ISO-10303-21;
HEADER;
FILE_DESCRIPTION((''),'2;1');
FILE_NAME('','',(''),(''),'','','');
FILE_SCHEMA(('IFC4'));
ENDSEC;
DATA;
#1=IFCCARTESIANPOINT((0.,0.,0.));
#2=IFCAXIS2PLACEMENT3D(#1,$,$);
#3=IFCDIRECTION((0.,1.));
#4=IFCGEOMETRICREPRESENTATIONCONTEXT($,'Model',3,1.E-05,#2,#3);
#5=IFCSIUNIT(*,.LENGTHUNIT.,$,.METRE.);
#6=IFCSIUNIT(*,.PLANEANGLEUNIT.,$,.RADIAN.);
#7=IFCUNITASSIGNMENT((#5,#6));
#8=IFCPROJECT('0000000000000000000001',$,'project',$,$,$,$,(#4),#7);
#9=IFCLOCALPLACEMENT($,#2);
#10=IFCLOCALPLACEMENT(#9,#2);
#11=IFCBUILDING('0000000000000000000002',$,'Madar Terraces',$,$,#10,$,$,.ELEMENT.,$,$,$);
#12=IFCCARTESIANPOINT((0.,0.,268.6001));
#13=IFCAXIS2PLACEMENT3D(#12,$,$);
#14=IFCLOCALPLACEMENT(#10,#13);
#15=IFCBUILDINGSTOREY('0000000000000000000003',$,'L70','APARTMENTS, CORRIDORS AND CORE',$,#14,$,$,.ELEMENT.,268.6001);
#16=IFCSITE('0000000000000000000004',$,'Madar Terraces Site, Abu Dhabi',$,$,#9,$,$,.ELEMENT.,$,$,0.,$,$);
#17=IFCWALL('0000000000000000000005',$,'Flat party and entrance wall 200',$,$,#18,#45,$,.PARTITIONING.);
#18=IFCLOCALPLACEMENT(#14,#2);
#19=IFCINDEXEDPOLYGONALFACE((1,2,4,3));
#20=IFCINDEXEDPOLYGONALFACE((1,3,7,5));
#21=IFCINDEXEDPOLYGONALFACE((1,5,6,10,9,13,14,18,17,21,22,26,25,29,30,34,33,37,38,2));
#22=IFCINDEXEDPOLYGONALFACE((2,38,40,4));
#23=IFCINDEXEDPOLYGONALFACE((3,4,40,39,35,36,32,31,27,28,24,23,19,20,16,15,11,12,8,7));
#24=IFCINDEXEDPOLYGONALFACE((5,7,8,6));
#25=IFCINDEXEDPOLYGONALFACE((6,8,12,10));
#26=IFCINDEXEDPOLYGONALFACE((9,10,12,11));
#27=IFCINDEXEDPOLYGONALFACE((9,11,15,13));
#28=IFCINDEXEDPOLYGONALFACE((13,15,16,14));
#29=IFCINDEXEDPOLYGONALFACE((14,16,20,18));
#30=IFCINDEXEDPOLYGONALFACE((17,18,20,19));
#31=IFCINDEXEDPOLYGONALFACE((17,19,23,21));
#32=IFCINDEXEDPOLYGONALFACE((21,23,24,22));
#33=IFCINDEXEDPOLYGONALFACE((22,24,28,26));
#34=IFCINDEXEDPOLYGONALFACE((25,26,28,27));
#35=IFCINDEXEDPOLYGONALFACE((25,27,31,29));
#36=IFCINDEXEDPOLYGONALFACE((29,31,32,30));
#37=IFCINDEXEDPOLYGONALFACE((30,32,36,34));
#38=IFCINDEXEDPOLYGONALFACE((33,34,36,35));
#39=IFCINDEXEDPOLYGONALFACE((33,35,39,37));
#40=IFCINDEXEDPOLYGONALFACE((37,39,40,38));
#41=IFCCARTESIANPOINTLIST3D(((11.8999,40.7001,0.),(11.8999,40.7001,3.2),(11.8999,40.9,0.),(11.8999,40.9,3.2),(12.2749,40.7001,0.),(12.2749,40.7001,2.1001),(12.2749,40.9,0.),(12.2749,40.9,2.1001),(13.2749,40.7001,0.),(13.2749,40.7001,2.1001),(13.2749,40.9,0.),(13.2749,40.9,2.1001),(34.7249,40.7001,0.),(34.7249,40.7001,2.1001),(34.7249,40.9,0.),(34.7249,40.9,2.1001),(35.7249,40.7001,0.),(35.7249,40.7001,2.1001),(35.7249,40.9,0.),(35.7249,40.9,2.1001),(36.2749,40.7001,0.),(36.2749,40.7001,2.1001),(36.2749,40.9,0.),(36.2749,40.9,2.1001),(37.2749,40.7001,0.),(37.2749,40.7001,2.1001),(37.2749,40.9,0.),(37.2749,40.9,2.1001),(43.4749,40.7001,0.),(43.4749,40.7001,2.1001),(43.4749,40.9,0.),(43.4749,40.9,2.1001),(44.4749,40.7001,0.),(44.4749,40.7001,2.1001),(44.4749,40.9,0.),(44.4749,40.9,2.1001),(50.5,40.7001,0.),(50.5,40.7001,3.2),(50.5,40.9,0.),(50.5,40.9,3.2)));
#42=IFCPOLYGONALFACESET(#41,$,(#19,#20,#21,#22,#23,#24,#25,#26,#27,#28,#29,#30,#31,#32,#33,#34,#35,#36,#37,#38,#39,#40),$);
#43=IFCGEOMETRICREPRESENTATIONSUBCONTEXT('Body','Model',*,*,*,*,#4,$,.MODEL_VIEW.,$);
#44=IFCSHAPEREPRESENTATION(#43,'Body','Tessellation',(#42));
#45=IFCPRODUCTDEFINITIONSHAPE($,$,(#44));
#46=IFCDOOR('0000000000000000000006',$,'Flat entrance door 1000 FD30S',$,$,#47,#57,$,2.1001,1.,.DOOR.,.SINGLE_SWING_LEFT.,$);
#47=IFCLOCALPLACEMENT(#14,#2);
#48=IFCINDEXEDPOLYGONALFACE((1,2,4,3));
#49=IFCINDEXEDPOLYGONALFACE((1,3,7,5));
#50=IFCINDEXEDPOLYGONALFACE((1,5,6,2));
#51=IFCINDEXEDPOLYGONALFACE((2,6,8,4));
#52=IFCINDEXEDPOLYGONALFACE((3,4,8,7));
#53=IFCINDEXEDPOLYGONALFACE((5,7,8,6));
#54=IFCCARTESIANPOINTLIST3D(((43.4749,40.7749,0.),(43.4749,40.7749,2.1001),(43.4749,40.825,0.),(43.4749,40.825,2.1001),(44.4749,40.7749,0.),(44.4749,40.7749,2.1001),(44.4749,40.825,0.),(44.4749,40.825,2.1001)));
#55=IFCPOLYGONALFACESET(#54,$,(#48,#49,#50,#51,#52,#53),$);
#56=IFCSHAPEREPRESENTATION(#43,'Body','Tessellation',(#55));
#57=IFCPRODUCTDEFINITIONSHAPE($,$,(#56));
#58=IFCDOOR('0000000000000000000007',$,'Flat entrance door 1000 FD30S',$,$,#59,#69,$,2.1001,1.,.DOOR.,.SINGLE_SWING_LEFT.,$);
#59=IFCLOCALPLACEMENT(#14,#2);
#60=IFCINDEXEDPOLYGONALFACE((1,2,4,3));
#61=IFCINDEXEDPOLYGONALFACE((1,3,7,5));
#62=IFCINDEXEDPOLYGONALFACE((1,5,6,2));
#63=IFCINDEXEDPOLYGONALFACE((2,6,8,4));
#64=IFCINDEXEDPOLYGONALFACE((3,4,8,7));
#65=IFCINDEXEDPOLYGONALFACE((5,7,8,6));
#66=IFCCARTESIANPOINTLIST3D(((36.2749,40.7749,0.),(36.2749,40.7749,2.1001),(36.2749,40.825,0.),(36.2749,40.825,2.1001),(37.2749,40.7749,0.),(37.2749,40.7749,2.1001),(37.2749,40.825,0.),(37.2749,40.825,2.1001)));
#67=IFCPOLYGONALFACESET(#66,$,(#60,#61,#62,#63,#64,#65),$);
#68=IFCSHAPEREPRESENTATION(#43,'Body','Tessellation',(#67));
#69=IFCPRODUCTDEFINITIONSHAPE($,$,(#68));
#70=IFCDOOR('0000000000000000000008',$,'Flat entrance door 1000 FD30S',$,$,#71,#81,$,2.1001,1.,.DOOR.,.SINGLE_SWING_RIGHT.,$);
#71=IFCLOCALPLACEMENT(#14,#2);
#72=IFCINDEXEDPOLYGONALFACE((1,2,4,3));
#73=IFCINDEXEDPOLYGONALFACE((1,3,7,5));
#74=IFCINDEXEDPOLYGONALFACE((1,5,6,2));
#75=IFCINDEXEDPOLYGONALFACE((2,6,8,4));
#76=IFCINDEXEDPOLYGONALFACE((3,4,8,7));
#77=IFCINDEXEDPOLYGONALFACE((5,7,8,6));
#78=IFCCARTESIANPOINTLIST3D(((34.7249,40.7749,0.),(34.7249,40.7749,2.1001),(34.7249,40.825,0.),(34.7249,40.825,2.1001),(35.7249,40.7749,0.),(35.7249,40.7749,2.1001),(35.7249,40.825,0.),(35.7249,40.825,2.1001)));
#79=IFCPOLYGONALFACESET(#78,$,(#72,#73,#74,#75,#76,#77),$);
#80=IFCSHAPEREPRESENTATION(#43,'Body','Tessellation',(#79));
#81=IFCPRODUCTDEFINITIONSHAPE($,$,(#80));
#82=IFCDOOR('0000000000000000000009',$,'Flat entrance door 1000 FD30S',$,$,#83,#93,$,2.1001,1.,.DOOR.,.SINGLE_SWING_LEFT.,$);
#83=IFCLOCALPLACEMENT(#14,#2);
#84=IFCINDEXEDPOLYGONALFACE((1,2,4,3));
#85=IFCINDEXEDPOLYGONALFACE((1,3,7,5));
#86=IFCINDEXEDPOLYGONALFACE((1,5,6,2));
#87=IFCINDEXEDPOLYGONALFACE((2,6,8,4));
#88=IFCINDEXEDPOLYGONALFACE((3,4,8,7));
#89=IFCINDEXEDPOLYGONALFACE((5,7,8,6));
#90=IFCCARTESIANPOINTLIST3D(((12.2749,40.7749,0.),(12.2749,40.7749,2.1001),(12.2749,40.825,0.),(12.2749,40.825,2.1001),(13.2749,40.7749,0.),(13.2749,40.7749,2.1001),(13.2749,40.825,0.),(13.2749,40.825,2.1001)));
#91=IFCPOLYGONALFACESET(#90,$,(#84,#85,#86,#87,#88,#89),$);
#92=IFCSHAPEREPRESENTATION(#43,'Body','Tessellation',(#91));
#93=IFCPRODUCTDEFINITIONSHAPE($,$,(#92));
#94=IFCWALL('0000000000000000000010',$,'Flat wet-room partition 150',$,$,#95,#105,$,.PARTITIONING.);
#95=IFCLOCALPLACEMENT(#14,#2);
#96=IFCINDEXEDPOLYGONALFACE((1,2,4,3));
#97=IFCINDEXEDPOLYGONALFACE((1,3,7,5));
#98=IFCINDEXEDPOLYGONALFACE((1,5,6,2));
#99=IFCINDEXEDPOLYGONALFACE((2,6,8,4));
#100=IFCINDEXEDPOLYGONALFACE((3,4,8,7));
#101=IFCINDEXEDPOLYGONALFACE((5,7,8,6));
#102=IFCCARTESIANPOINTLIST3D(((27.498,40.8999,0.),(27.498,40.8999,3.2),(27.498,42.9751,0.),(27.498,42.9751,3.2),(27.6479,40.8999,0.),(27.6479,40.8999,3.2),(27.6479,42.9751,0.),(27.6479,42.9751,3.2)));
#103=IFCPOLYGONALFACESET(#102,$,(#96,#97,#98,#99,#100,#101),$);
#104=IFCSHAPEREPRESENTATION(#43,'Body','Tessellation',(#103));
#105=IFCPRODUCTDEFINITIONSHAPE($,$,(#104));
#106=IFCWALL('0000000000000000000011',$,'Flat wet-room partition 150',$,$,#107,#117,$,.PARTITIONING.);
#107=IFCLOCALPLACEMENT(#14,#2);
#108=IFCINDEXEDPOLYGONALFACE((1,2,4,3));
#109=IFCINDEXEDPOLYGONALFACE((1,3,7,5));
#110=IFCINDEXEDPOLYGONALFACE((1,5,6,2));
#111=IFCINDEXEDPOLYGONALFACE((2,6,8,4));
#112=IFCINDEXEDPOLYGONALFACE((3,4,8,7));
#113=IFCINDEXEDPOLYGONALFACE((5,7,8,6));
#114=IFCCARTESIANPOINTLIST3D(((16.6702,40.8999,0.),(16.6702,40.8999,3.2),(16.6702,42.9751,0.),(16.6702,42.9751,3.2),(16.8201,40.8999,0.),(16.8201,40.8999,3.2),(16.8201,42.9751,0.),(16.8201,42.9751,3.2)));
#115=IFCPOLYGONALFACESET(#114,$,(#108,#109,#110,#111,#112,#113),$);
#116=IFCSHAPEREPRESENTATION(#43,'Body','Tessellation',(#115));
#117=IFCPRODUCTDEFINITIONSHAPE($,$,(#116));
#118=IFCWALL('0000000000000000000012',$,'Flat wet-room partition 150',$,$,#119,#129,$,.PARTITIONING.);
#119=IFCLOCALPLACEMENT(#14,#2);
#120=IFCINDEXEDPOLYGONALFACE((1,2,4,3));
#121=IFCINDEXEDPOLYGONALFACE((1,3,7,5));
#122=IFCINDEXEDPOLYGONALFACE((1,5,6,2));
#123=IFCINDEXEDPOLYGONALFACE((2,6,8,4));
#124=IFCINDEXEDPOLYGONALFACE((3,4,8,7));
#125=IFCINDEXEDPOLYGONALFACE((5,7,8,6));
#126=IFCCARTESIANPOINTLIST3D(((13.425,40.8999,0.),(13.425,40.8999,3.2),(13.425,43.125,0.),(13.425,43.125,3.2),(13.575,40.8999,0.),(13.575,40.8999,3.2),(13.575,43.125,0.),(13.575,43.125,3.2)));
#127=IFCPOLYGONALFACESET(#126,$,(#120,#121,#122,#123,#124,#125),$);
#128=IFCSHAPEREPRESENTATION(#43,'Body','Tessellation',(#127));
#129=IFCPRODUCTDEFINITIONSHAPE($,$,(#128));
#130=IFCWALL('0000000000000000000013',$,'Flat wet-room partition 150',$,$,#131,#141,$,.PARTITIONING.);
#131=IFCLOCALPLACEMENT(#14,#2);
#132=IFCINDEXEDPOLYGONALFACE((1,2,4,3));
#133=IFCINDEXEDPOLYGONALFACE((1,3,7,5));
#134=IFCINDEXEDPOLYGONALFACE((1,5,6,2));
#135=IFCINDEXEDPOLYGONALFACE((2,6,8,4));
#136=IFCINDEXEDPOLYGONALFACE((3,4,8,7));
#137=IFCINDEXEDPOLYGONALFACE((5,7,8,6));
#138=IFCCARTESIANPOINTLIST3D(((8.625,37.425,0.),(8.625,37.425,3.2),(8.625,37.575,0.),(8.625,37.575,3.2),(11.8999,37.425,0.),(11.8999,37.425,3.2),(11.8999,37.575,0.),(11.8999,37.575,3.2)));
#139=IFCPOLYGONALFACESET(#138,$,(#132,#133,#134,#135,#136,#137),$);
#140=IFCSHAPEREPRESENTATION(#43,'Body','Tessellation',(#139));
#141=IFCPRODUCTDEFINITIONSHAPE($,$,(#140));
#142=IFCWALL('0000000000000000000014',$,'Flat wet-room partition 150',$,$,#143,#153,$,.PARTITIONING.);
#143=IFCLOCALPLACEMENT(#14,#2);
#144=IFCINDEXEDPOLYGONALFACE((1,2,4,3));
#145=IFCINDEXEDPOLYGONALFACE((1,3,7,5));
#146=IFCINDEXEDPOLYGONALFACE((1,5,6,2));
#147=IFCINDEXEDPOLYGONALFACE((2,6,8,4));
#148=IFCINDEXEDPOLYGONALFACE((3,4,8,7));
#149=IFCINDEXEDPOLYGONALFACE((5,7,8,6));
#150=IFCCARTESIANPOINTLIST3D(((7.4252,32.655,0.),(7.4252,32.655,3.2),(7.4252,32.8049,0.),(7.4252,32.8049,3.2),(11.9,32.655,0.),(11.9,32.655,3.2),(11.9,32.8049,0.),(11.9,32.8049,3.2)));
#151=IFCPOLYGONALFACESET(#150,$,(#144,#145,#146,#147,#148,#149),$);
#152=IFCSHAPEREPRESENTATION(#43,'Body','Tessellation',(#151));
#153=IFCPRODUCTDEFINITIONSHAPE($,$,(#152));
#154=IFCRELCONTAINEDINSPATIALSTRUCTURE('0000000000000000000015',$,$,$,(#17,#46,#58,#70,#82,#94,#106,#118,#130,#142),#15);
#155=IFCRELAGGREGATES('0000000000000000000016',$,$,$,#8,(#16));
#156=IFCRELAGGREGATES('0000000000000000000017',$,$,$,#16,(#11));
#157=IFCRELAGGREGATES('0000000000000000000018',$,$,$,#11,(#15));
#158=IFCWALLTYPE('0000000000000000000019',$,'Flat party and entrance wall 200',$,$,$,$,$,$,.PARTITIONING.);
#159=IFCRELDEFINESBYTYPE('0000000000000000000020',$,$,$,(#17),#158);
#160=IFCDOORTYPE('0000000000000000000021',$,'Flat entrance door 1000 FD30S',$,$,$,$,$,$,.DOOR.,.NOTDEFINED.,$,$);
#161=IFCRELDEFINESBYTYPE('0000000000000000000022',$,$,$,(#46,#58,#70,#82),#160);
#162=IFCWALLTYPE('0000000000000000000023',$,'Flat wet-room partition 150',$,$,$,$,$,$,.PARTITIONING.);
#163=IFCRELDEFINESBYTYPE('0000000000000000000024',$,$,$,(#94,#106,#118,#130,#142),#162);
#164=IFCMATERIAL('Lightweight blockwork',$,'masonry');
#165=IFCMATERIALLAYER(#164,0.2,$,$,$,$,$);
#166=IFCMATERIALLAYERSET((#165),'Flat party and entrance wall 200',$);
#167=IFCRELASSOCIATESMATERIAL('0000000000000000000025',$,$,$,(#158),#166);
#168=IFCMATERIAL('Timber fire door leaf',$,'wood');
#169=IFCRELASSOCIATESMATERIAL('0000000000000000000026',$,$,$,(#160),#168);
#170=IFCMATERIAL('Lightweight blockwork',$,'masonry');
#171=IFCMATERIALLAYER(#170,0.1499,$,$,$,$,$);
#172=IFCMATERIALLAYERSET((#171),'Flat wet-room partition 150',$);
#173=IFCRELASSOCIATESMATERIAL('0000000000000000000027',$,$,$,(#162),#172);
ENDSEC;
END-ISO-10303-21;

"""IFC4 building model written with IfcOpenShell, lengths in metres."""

from ifc_helpers import new_model, si_unit, direction, frame, frame_2d, origin, place, context, subcontext, project, spatial, rectangle, extrude, material, layer, layer_set, type_object, element, fill, save


model = new_model("IFC4")

# Units and contexts
model_context = context("Model", 3, precision=1e-05, world=origin(), true_north=direction((0.0, 1.0)))
body_context = subcontext(model_context, "Body", "Model", "MODEL_VIEW")
ifc_project = project(units=[si_unit("LENGTHUNIT", "METRE"), si_unit("PLANEANGLEUNIT", "RADIAN")], contexts=[model_context])

# Site, building, storey
site_placement = place(None, origin())
site = spatial("IfcSite", under=ifc_project, at=site_placement, Name="Madar Terraces Site, Abu Dhabi", CompositionType="ELEMENT", RefElevation=0.0)
building_placement = place(site_placement, origin())
building = spatial("IfcBuilding", under=site, at=building_placement, Name="Madar Terraces", CompositionType="ELEMENT")
storey_placement = place(building_placement, frame((0.0, 0.0, 268.6001)))
storey = spatial("IfcBuildingStorey", under=building, at=storey_placement, Name="L70", Description="APARTMENTS, CORRIDORS AND CORE", CompositionType="ELEMENT", Elevation=268.6001)

# Wall, openings, doors
ifc_material_1 = material(Name="Lightweight blockwork", Category="masonry")
ifc_layer_1 = layer(ifc_material_1, 0.2)
ifc_layer_set_1 = layer_set([ifc_layer_1], Name="Flat party and entrance wall 200")
wall_type_1 = type_object("IfcWallType", Name="Flat party and entrance wall 200", PredefinedType="PARTITIONING", material=ifc_layer_set_1)
wall_1_placement = place(storey_placement, frame((11.8999, 40.8, 0.0), z_axis=(0.0, 0.0, 1.0), x_axis=(1.0, 0.0, 0.0)))
wall_1 = element("IfcWall", 1, at=wall_1_placement, inside=storey, type_object=wall_type_1, Name="Flat party and entrance wall 200", PredefinedType="PARTITIONING", context=body_context, shape_type="SweptSolid", body=[
    extrude(rectangle(XDim=38.6001, YDim=0.2, at=frame_2d((19.3, 0.0))), origin(), (0.0, 0.0, 1.0), 3.2),
])
opening_1_placement = place(wall_1_placement, frame((31.575, 0.0, 0.0)))
opening_1 = element("IfcOpeningElement", 2, at=opening_1_placement, cuts=wall_1, PredefinedType="OPENING", context=body_context, shape_type="SweptSolid", body=[
    extrude(rectangle(XDim=1.0, YDim=2.1001, at=frame_2d((0.5, 1.05))), frame((0.0, 0.1099, 0.0), z_axis=(0.0, -1.0, 0.0), x_axis=(1.0, 0.0, 0.0)), (0.0, 0.0, 1.0), 0.22),
])
opening_2_placement = place(wall_1_placement, frame((24.375, 0.0, 0.0)))
opening_2 = element("IfcOpeningElement", 3, at=opening_2_placement, cuts=wall_1, PredefinedType="OPENING", context=body_context, shape_type="SweptSolid", body=[
    extrude(rectangle(XDim=1.0, YDim=2.1001, at=frame_2d((0.5, 1.05))), frame((0.0, 0.1099, 0.0), z_axis=(0.0, -1.0, 0.0), x_axis=(1.0, 0.0, 0.0)), (0.0, 0.0, 1.0), 0.22),
])
opening_3_placement = place(wall_1_placement, frame((22.825, 0.0, 0.0)))
opening_3 = element("IfcOpeningElement", 4, at=opening_3_placement, cuts=wall_1, PredefinedType="OPENING", context=body_context, shape_type="SweptSolid", body=[
    extrude(rectangle(XDim=1.0, YDim=2.1001, at=frame_2d((0.5, 1.05))), frame((0.0, 0.1099, 0.0), z_axis=(0.0, -1.0, 0.0), x_axis=(1.0, 0.0, 0.0)), (0.0, 0.0, 1.0), 0.22),
])
opening_4_placement = place(wall_1_placement, frame((0.375, 0.0, 0.0)))
opening_4 = element("IfcOpeningElement", 5, at=opening_4_placement, cuts=wall_1, PredefinedType="OPENING", context=body_context, shape_type="SweptSolid", body=[
    extrude(rectangle(XDim=1.0, YDim=2.1001, at=frame_2d((0.5, 1.05))), frame((0.0, 0.1099, 0.0), z_axis=(0.0, -1.0, 0.0), x_axis=(1.0, 0.0, 0.0)), (0.0, 0.0, 1.0), 0.22),
])
ifc_material_2 = material(Name="Timber fire door leaf", Category="wood")
door_type_1 = type_object("IfcDoorType", Name="Flat entrance door 1000 FD30S", OperationType="NOTDEFINED", PredefinedType="DOOR", material=ifc_material_2)
door_1_placement = place(opening_1_placement, origin())
door_1 = element("IfcDoor", 6, at=door_1_placement, inside=storey, type_object=door_type_1, Name="Flat entrance door 1000 FD30S", OperationType="SINGLE_SWING_LEFT", OverallHeight=2.1001, OverallWidth=1.0, PredefinedType="DOOR", context=body_context, shape_type="SweptSolid", body=[
    extrude(rectangle(XDim=1.0, YDim=2.1001, at=frame_2d((0.5, 1.05))), frame((0.0, 0.0249, 0.0), z_axis=(0.0, -1.0, 0.0), x_axis=(1.0, 0.0, 0.0)), (0.0, 0.0, 1.0), 0.05),
])
fill(opening_1, door_1)
door_2_placement = place(opening_2_placement, origin())
door_2 = element("IfcDoor", 7, at=door_2_placement, inside=storey, type_object=door_type_1, Name="Flat entrance door 1000 FD30S", OperationType="SINGLE_SWING_LEFT", OverallHeight=2.1001, OverallWidth=1.0, PredefinedType="DOOR", context=body_context, shape_type="SweptSolid", body=[
    extrude(rectangle(XDim=1.0, YDim=2.1001, at=frame_2d((0.5, 1.05))), frame((0.0, 0.0249, 0.0), z_axis=(0.0, -1.0, 0.0), x_axis=(1.0, 0.0, 0.0)), (0.0, 0.0, 1.0), 0.05),
])
fill(opening_2, door_2)
door_3_placement = place(opening_3_placement, origin())
door_3 = element("IfcDoor", 8, at=door_3_placement, inside=storey, type_object=door_type_1, Name="Flat entrance door 1000 FD30S", OperationType="SINGLE_SWING_RIGHT", OverallHeight=2.1001, OverallWidth=1.0, PredefinedType="DOOR", context=body_context, shape_type="SweptSolid", body=[
    extrude(rectangle(XDim=1.0, YDim=2.1001, at=frame_2d((0.5, 1.05))), frame((0.0, 0.0249, 0.0), z_axis=(0.0, -1.0, 0.0), x_axis=(1.0, 0.0, 0.0)), (0.0, 0.0, 1.0), 0.05),
])
fill(opening_3, door_3)
door_4_placement = place(opening_4_placement, origin())
door_4 = element("IfcDoor", 9, at=door_4_placement, inside=storey, type_object=door_type_1, Name="Flat entrance door 1000 FD30S", OperationType="SINGLE_SWING_LEFT", OverallHeight=2.1001, OverallWidth=1.0, PredefinedType="DOOR", context=body_context, shape_type="SweptSolid", body=[
    extrude(rectangle(XDim=1.0, YDim=2.1001, at=frame_2d((0.5, 1.05))), frame((0.0, 0.0249, 0.0), z_axis=(0.0, -1.0, 0.0), x_axis=(1.0, 0.0, 0.0)), (0.0, 0.0, 1.0), 0.05),
])
fill(opening_4, door_4)

# Walls
ifc_material_3 = material(Name="Lightweight blockwork", Category="masonry")
ifc_layer_2 = layer(ifc_material_3, 0.1499)
ifc_layer_set_2 = layer_set([ifc_layer_2], Name="Flat wet-room partition 150")
wall_type_2 = type_object("IfcWallType", Name="Flat wet-room partition 150", PredefinedType="PARTITIONING", material=ifc_layer_set_2)
for number, where, z_axis, x_axis, name in (
    (10, (27.573, 40.8999, 0.0), (0.0, 0.0, 1.0), (0.0, 1.0, 0.0), "Flat wet-room partition 150"),
    (11, (16.7451, 40.8999, 0.0), (0.0, 0.0, 1.0), (0.0, 1.0, 0.0), "Flat wet-room partition 150"),
):
    element("IfcWall", number, at=place(storey_placement, frame(where, z_axis=z_axis, x_axis=x_axis)), inside=storey, type_object=wall_type_2, Name=name, PredefinedType="PARTITIONING", context=body_context, shape_type="SweptSolid", body=[
        extrude(rectangle(XDim=2.0752, YDim=0.1499, at=frame_2d((1.0376, 0.0))), origin(), (0.0, 0.0, 1.0), 3.2),
    ])
wall_2_placement = place(storey_placement, frame((13.5, 40.8999, 0.0), z_axis=(0.0, 0.0, 1.0), x_axis=(0.0, 1.0, 0.0)))
element("IfcWall", 12, at=wall_2_placement, inside=storey, type_object=wall_type_2, Name="Flat wet-room partition 150", PredefinedType="PARTITIONING", context=body_context, shape_type="SweptSolid", body=[
    extrude(rectangle(XDim=2.2251, YDim=0.1499, at=frame_2d((1.1125, 0.0))), origin(), (0.0, 0.0, 1.0), 3.2),
])
wall_3_placement = place(storey_placement, frame((11.8999, 37.5, 0.0), z_axis=(0.0, 0.0, 1.0), x_axis=(-1.0, 0.0, 0.0)))
element("IfcWall", 13, at=wall_3_placement, inside=storey, type_object=wall_type_2, Name="Flat wet-room partition 150", PredefinedType="PARTITIONING", context=body_context, shape_type="SweptSolid", body=[
    extrude(rectangle(XDim=3.2749, YDim=0.1499, at=frame_2d((1.6375, 0.0))), origin(), (0.0, 0.0, 1.0), 3.2),
])
wall_4_placement = place(storey_placement, frame((11.8999, 32.73, 0.0), z_axis=(0.0, 0.0, 1.0), x_axis=(-1.0, 0.0, 0.0)))
element("IfcWall", 14, at=wall_4_placement, inside=storey, type_object=wall_type_2, Name="Flat wet-room partition 150", PredefinedType="PARTITIONING", context=body_context, shape_type="SweptSolid", body=[
    extrude(rectangle(XDim=4.4749, YDim=0.1499, at=frame_2d((2.2373, 0.0))), origin(), (0.0, 0.0, 1.0), 3.2),
])

save(model, "model.ifc")
